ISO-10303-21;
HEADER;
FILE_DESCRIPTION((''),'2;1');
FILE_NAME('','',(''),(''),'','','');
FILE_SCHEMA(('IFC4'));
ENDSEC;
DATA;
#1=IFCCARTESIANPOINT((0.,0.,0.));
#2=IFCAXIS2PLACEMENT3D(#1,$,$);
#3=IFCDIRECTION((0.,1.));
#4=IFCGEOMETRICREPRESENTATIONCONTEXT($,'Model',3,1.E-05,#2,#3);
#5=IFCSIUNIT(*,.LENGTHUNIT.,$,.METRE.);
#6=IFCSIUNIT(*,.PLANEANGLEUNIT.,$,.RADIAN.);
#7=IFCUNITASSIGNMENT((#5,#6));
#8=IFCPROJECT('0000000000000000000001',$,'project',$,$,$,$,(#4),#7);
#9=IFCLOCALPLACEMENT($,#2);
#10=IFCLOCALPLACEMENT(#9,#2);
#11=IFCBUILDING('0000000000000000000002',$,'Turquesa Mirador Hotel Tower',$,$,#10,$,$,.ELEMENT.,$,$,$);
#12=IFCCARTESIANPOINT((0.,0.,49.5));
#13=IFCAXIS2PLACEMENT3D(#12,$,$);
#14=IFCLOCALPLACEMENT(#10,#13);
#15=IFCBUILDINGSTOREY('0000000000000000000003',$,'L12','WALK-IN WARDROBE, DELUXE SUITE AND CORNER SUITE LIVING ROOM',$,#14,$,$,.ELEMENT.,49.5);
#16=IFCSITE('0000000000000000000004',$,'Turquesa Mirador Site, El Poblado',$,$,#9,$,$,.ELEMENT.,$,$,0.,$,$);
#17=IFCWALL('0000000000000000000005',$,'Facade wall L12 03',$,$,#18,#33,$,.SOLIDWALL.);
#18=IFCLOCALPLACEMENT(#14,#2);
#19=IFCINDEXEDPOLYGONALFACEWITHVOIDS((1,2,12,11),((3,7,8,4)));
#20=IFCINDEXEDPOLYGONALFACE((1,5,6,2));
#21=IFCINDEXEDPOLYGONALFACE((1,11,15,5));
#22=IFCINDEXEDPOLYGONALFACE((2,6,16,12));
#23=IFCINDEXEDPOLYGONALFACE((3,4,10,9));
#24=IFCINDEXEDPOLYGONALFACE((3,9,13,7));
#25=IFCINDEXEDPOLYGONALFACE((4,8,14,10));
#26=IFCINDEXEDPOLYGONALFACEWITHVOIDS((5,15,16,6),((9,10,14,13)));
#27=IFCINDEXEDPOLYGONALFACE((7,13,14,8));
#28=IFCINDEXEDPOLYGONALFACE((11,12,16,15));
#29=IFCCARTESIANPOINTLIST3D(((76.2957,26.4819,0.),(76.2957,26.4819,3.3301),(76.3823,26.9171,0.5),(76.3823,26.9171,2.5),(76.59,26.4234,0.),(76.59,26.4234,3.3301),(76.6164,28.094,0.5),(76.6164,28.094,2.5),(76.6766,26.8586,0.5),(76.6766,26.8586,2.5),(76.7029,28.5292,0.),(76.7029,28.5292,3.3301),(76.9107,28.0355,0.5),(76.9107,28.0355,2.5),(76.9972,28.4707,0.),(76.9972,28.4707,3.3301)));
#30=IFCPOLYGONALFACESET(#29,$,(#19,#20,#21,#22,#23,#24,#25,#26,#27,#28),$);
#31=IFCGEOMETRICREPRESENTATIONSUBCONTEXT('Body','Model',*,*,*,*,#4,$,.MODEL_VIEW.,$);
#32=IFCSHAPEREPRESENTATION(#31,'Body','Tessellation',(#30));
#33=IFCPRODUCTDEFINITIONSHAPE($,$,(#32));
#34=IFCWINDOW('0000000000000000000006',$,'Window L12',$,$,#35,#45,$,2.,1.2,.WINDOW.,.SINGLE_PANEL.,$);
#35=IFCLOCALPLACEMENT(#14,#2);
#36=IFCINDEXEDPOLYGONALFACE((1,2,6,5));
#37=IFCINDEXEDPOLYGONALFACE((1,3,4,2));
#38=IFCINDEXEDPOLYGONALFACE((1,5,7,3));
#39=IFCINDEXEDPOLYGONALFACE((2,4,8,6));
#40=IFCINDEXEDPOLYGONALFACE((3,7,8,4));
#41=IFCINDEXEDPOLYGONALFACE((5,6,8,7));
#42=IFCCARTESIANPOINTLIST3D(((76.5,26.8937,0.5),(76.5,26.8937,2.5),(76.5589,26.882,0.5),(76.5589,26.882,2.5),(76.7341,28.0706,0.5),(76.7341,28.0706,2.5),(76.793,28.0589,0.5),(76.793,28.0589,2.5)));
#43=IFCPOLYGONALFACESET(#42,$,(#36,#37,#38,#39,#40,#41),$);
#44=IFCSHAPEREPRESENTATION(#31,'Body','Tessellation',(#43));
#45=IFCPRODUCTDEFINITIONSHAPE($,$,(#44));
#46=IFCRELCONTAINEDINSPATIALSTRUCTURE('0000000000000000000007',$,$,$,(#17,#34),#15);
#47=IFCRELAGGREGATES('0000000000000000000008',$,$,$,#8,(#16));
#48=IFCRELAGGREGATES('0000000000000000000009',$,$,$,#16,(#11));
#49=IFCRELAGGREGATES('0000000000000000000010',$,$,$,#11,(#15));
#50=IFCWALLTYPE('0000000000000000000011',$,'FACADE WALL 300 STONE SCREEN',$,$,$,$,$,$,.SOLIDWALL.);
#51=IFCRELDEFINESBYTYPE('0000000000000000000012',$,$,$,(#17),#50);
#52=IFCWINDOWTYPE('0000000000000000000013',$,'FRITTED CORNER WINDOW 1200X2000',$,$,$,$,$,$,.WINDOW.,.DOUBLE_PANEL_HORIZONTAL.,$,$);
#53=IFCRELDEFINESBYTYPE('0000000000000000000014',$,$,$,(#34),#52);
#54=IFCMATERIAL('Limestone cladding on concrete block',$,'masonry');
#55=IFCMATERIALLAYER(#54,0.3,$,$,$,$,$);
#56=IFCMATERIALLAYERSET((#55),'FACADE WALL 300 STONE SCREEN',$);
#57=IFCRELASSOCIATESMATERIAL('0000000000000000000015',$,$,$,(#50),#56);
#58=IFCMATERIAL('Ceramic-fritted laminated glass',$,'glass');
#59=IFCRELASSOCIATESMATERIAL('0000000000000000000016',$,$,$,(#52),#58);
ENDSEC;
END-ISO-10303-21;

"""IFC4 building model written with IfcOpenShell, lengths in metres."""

from ifc_helpers import new_model, si_unit, direction, frame, frame_2d, origin, place, context, subcontext, project, spatial, rectangle, extrude, material, layer, layer_set, type_object, element, fill, save


model = new_model("IFC4")

# Units and contexts
model_context = context("Model", 3, precision=1e-05, world=origin(), true_north=direction((0.0, 1.0)))
body_context = subcontext(model_context, "Body", "Model", "MODEL_VIEW")
ifc_project = project(units=[si_unit("LENGTHUNIT", "METRE"), si_unit("PLANEANGLEUNIT", "RADIAN")], contexts=[model_context])

# Site, building, storey
site_placement = place(None, origin())
site = spatial("IfcSite", under=ifc_project, at=site_placement, Name="Turquesa Mirador Site, El Poblado", CompositionType="ELEMENT", RefElevation=0.0)
building_placement = place(site_placement, origin())
building = spatial("IfcBuilding", under=site, at=building_placement, Name="Turquesa Mirador Hotel Tower", CompositionType="ELEMENT")
storey_placement = place(building_placement, frame((0.0, 0.0, 49.5)))
storey = spatial("IfcBuildingStorey", under=building, at=storey_placement, Name="L12", Description="WALK-IN WARDROBE, DELUXE SUITE AND CORNER SUITE LIVING ROOM", CompositionType="ELEMENT", Elevation=49.5)

# Wall, opening, window
ifc_material_1 = material(Name="Limestone cladding on concrete block", Category="masonry")
ifc_layer = layer(ifc_material_1, 0.3)
ifc_layer_set = layer_set([ifc_layer], Name="FACADE WALL 300 STONE SCREEN")
wall_type = type_object("IfcWallType", Name="FACADE WALL 300 STONE SCREEN", PredefinedType="SOLIDWALL", material=ifc_layer_set)
ifc_material_2 = material(Name="Ceramic-fritted laminated glass", Category="glass")
window_type_1 = type_object("IfcWindowType", Name="FRITTED CORNER WINDOW 1200X2000", PartitioningType="DOUBLE_PANEL_HORIZONTAL", PredefinedType="WINDOW", material=ifc_material_2)
wall_1_placement = place(storey_placement, frame((76.4429, 26.4526, 0.0), z_axis=(0.0, 0.0, 1.0), x_axis=(0.195081, 0.980787, 0.0)))
wall_1 = element("IfcWall", 1, at=wall_1_placement, inside=storey, type_object=wall_type, Name="Facade wall L12 03", PredefinedType="SOLIDWALL", context=body_context, shape_type="SweptSolid", body=[
    extrude(rectangle(XDim=2.0874, YDim=0.3, at=frame_2d((1.0437, 0.0))), origin(), (0.0, 0.0, 1.0), 3.3301),
])
opening_1_placement = place(wall_1_placement, frame((0.4436, 0.0, 0.5)))
opening_1 = element("IfcOpeningElement", 2, at=opening_1_placement, cuts=wall_1, PredefinedType="OPENING", context=body_context, shape_type="SweptSolid", body=[
    extrude(rectangle(XDim=1.2, YDim=2.0, at=frame_2d((0.6001, 1.0))), frame((0.0, 0.1599, 0.0), z_axis=(0.0, -1.0, 0.0), x_axis=(1.0, 0.0, 0.0)), (0.0, 0.0, 1.0), 0.3201),
])
window_1_placement = place(opening_1_placement, origin())
window_1 = element("IfcWindow", 3, at=window_1_placement, inside=storey, type_object=window_type_1, Name="Window L12", OverallHeight=2.0, OverallWidth=1.2, PartitioningType="SINGLE_PANEL", PredefinedType="WINDOW", context=body_context, shape_type="SweptSolid", body=[
    extrude(rectangle(XDim=1.2, YDim=2.0, at=frame_2d((0.6001, 1.0))), frame((0.0, 0.03, 0.0), z_axis=(0.0, -1.0, 0.0), x_axis=(1.0, 0.0, 0.0)), (0.0, 0.0, 1.0), 0.0601),
])
fill(opening_1, window_1)

save(model, "model.ifc")
